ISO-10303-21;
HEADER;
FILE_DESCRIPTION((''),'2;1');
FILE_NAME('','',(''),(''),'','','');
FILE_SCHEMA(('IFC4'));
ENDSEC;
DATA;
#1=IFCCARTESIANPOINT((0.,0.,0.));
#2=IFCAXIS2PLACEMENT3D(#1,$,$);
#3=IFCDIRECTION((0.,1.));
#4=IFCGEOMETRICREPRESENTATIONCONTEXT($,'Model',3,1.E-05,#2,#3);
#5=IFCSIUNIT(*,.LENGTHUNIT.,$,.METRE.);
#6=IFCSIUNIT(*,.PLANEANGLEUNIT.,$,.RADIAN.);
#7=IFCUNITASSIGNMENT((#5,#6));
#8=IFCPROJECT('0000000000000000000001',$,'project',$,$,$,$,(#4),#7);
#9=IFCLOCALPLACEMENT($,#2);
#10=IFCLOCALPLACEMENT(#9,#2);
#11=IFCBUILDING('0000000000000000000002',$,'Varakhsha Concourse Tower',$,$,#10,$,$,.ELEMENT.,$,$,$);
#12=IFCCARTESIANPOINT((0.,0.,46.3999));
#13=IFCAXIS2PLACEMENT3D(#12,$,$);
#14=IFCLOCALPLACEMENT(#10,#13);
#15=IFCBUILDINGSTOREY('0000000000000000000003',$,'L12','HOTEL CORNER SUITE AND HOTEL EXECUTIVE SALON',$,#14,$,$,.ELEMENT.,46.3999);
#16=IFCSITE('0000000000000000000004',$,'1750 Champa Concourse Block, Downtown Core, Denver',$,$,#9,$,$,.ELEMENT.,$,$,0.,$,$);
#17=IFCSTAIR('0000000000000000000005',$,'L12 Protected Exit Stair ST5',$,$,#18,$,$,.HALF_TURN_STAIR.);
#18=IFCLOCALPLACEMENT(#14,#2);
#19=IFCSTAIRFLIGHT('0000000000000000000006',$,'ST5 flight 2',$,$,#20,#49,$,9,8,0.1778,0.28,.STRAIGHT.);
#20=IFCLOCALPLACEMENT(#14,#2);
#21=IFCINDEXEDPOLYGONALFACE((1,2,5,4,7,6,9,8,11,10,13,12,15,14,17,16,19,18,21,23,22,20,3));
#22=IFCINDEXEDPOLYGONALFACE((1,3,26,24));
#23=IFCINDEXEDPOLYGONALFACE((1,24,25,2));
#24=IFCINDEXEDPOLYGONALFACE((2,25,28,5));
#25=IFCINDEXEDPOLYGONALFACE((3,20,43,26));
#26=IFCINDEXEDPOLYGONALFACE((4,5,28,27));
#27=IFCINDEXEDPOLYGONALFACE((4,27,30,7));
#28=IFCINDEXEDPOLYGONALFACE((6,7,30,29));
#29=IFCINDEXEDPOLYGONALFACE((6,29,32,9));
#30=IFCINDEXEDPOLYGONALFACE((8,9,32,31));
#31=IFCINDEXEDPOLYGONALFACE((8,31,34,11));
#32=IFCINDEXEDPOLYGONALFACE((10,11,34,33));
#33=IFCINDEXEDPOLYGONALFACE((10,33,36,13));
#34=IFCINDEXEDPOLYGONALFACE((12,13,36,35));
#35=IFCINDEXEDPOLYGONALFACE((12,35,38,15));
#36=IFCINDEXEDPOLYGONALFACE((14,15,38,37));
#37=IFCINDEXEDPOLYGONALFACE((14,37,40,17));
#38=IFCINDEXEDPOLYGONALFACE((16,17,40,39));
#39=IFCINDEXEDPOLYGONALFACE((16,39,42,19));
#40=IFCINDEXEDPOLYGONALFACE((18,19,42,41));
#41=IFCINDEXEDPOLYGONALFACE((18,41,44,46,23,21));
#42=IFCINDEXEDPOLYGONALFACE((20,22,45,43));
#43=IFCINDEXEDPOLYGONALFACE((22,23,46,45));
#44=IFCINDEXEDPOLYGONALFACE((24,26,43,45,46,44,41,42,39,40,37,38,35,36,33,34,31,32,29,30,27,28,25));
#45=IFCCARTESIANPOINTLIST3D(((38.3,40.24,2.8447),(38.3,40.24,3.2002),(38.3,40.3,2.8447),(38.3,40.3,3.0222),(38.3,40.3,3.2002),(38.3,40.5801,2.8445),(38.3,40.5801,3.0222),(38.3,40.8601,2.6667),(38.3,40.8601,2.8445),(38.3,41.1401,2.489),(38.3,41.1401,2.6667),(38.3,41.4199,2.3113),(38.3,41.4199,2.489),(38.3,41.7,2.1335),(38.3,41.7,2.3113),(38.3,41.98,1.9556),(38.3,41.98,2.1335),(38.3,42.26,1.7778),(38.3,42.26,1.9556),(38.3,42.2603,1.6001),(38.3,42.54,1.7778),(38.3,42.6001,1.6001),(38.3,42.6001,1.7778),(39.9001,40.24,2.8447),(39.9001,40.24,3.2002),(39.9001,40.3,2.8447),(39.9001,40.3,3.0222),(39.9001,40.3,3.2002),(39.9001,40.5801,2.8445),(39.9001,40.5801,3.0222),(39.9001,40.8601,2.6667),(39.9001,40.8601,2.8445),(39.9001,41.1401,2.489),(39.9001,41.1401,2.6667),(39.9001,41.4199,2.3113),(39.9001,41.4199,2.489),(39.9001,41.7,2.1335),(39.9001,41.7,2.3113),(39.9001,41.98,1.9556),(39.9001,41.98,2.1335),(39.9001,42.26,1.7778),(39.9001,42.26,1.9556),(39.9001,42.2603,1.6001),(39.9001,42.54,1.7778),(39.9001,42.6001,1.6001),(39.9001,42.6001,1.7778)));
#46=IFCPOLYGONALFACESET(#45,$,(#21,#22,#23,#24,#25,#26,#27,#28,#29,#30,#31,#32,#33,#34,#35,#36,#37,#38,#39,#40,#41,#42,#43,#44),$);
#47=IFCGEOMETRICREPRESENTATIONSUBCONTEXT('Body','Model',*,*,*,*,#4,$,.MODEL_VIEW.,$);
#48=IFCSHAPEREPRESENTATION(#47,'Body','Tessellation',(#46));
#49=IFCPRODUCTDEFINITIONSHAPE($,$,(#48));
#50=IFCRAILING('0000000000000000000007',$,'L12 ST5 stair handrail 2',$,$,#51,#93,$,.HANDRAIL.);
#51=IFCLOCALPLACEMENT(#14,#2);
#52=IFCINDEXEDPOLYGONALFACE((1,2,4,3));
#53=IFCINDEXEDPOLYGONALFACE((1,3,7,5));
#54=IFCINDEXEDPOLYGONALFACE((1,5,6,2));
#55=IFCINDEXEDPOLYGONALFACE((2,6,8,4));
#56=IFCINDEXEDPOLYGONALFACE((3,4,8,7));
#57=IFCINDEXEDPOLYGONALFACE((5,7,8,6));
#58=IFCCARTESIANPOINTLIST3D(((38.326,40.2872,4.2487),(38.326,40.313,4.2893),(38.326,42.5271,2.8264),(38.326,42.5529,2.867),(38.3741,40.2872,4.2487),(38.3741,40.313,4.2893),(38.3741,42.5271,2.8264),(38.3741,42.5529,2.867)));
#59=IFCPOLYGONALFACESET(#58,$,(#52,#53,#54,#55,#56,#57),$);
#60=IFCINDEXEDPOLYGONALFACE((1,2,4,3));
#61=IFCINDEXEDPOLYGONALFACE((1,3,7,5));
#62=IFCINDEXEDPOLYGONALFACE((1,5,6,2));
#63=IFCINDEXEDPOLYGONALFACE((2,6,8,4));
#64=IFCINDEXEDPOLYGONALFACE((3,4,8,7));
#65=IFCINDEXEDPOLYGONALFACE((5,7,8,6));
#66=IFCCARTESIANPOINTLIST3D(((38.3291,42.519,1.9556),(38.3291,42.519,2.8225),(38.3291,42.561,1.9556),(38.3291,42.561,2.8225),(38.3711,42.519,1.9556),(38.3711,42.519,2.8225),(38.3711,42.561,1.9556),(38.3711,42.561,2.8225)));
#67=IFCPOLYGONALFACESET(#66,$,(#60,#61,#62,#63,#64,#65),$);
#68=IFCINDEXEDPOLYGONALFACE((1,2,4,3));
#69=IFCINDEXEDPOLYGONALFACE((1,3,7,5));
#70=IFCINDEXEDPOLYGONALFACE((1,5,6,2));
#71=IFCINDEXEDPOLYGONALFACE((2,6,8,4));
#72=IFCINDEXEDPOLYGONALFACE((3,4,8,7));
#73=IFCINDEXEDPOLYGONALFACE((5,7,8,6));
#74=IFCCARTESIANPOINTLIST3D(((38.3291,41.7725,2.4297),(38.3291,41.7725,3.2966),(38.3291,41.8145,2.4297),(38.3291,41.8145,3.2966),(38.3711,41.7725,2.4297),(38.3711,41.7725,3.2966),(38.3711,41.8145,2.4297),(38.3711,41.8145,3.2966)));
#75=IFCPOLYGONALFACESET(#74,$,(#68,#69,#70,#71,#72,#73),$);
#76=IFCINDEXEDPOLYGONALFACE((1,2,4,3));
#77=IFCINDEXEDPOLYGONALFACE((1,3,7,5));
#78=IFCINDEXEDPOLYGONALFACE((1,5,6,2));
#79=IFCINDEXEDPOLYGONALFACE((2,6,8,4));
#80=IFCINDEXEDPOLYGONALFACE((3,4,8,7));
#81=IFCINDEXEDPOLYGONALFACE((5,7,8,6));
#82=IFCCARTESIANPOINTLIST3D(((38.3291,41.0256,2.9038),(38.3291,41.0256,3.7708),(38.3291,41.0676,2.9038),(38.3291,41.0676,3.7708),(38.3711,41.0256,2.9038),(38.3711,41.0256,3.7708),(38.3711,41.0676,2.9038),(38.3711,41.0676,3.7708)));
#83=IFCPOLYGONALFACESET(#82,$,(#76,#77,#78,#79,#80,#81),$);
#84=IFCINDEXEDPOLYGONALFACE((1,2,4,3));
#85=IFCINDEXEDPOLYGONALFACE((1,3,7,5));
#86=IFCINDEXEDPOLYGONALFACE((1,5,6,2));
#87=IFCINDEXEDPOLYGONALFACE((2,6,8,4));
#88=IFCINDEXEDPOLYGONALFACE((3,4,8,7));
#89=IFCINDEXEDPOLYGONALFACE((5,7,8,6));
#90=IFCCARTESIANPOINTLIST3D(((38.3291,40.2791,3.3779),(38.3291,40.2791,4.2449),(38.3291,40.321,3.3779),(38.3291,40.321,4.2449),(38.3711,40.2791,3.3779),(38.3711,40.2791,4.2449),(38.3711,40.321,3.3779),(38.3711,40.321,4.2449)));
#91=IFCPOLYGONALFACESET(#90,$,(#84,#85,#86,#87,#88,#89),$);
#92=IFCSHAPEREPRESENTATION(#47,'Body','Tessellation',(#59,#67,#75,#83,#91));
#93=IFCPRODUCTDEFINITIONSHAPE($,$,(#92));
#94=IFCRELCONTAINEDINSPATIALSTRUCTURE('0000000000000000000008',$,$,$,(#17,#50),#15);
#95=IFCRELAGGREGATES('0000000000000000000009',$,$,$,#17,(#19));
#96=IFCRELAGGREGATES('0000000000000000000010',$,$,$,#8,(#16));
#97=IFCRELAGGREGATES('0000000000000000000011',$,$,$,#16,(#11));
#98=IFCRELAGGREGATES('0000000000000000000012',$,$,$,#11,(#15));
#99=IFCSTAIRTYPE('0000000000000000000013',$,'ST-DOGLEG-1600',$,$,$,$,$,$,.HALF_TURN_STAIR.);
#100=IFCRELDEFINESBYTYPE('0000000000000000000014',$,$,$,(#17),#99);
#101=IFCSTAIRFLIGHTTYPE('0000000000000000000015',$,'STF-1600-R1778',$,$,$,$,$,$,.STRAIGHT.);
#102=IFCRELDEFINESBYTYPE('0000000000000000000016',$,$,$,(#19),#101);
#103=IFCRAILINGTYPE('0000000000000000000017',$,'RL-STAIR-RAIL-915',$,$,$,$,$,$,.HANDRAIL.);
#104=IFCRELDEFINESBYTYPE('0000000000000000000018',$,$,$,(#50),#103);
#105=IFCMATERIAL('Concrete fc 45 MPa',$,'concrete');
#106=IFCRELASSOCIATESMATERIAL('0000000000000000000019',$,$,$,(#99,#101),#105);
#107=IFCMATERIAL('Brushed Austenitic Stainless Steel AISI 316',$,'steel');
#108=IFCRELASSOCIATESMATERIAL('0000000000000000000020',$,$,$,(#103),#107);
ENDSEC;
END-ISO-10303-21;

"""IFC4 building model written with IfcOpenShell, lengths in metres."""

from ifc_helpers import new_model, si_unit, direction, frame, origin, origin_2d, place, context, subcontext, project, spatial, polyline, rectangle, outline, extrude, material, type_object, element, aggregate, save


model = new_model("IFC4")

# Units and contexts
model_context = context("Model", 3, precision=1e-05, world=origin(), true_north=direction((0.0, 1.0)))
body_context = subcontext(model_context, "Body", "Model", "MODEL_VIEW")
ifc_project = project(units=[si_unit("LENGTHUNIT", "METRE"), si_unit("PLANEANGLEUNIT", "RADIAN")], contexts=[model_context])

# Site, building, storey
site_placement = place(None, origin())
site = spatial("IfcSite", under=ifc_project, at=site_placement, Name="1750 Champa Concourse Block, Downtown Core, Denver", CompositionType="ELEMENT", RefElevation=0.0)
building_placement = place(site_placement, origin())
building = spatial("IfcBuilding", under=site, at=building_placement, Name="Varakhsha Concourse Tower", CompositionType="ELEMENT")
storey_placement = place(building_placement, frame((0.0, 0.0, 46.3999)))
storey = spatial("IfcBuildingStorey", under=building, at=storey_placement, Name="L12", Description="HOTEL CORNER SUITE AND HOTEL EXECUTIVE SALON", CompositionType="ELEMENT", Elevation=46.3999)

# Shared definitions
ifc_material_1 = material(Name="Concrete fc 45 MPa", Category="concrete")

# Stair, stair flight
stair_type = type_object("IfcStairType", Name="ST-DOGLEG-1600", PredefinedType="HALF_TURN_STAIR", material=ifc_material_1)
stair_placement = place(storey_placement, origin())
stair = element("IfcStair", 1, at=stair_placement, inside=storey, type_object=stair_type, Name="L12 Protected Exit Stair ST5", PredefinedType="HALF_TURN_STAIR")
stair_flight_type = type_object("IfcStairFlightType", Name="STF-1600-R1778", PredefinedType="STRAIGHT", material=ifc_material_1)
stair_flight_placement = place(storey_placement, frame((39.1001, 42.54, 1.6001), z_axis=(0.0, 0.0, 1.0), x_axis=(0.0, -1.0, 0.0)))
stair_flight = element("IfcStairFlight", 2, at=stair_flight_placement, type_object=stair_flight_type, Name="ST5 flight 2", NumberOfRisers=9, NumberOfTreads=8, PredefinedType="STRAIGHT", RiserHeight=0.1778, TreadLength=0.28, context=body_context, shape_type="SweptSolid", body=[
    extrude(outline(polyline([(-0.0601, 0.0), (-0.0601, 0.1777), (0.0, 0.1777), (0.28, 0.1777), (0.28, 0.3555), (0.5601, 0.3555), (0.5601, 0.5334), (0.8401, 0.5334), (0.8401, 0.7112), (1.1201, 0.7112), (1.1201, 0.8889), (1.3999, 0.8889), (1.3999, 1.0667), (1.6799, 1.0667), (1.6799, 1.2444), (1.96, 1.2444), (1.96, 1.4221), (2.24, 1.4221), (2.24, 1.6001), (2.3, 1.6001), (2.3, 1.2446), (2.24, 1.2446), (0.2798, 0.0), (-0.0601, 0.0)])), frame((0.0, 0.8, 0.0), z_axis=(0.0, -1.0, 0.0), x_axis=(1.0, 0.0, 0.0)), (0.0, 0.0, 1.0), 1.6001),
])
aggregate(stair, [stair_flight])

# Railing
ifc_material_2 = material(Name="Brushed Austenitic Stainless Steel AISI 316", Category="steel")
railing_type = type_object("IfcRailingType", Name="RL-STAIR-RAIL-915", PredefinedType="HANDRAIL", material=ifc_material_2)
railing_placement = place(storey_placement, frame((38.3501, 42.54, 1.9556)))
element("IfcRailing", 3, at=railing_placement, inside=storey, type_object=railing_type, Name="L12 ST5 stair handrail 2", PredefinedType="HANDRAIL", context=body_context, shape_type="SweptSolid", body=[
    extrude(rectangle(XDim=0.0481, YDim=0.0481, at=origin_2d()), frame((0.0, 0.0, 0.8911), z_axis=(0.0, -0.844188, 0.536048), x_axis=(1.0, 0.0, 0.0)), (0.0, 0.0, 1.0), 2.6533),
    extrude(rectangle(XDim=0.042, YDim=0.042, at=origin_2d()), origin(), (0.0, 0.0, 1.0), 0.8669),
    extrude(rectangle(XDim=0.042, YDim=0.042, at=origin_2d()), frame((0.0, -0.7466, 0.4741)), (0.0, 0.0, 1.0), 0.8669),
    extrude(rectangle(XDim=0.042, YDim=0.042, at=origin_2d()), frame((0.0, -1.4934, 0.9482)), (0.0, 0.0, 1.0), 0.8669),
    extrude(rectangle(XDim=0.042, YDim=0.042, at=origin_2d()), frame((0.0, -2.24, 1.4224)), (0.0, 0.0, 1.0), 0.8669),
])

save(model, "model.ifc")
